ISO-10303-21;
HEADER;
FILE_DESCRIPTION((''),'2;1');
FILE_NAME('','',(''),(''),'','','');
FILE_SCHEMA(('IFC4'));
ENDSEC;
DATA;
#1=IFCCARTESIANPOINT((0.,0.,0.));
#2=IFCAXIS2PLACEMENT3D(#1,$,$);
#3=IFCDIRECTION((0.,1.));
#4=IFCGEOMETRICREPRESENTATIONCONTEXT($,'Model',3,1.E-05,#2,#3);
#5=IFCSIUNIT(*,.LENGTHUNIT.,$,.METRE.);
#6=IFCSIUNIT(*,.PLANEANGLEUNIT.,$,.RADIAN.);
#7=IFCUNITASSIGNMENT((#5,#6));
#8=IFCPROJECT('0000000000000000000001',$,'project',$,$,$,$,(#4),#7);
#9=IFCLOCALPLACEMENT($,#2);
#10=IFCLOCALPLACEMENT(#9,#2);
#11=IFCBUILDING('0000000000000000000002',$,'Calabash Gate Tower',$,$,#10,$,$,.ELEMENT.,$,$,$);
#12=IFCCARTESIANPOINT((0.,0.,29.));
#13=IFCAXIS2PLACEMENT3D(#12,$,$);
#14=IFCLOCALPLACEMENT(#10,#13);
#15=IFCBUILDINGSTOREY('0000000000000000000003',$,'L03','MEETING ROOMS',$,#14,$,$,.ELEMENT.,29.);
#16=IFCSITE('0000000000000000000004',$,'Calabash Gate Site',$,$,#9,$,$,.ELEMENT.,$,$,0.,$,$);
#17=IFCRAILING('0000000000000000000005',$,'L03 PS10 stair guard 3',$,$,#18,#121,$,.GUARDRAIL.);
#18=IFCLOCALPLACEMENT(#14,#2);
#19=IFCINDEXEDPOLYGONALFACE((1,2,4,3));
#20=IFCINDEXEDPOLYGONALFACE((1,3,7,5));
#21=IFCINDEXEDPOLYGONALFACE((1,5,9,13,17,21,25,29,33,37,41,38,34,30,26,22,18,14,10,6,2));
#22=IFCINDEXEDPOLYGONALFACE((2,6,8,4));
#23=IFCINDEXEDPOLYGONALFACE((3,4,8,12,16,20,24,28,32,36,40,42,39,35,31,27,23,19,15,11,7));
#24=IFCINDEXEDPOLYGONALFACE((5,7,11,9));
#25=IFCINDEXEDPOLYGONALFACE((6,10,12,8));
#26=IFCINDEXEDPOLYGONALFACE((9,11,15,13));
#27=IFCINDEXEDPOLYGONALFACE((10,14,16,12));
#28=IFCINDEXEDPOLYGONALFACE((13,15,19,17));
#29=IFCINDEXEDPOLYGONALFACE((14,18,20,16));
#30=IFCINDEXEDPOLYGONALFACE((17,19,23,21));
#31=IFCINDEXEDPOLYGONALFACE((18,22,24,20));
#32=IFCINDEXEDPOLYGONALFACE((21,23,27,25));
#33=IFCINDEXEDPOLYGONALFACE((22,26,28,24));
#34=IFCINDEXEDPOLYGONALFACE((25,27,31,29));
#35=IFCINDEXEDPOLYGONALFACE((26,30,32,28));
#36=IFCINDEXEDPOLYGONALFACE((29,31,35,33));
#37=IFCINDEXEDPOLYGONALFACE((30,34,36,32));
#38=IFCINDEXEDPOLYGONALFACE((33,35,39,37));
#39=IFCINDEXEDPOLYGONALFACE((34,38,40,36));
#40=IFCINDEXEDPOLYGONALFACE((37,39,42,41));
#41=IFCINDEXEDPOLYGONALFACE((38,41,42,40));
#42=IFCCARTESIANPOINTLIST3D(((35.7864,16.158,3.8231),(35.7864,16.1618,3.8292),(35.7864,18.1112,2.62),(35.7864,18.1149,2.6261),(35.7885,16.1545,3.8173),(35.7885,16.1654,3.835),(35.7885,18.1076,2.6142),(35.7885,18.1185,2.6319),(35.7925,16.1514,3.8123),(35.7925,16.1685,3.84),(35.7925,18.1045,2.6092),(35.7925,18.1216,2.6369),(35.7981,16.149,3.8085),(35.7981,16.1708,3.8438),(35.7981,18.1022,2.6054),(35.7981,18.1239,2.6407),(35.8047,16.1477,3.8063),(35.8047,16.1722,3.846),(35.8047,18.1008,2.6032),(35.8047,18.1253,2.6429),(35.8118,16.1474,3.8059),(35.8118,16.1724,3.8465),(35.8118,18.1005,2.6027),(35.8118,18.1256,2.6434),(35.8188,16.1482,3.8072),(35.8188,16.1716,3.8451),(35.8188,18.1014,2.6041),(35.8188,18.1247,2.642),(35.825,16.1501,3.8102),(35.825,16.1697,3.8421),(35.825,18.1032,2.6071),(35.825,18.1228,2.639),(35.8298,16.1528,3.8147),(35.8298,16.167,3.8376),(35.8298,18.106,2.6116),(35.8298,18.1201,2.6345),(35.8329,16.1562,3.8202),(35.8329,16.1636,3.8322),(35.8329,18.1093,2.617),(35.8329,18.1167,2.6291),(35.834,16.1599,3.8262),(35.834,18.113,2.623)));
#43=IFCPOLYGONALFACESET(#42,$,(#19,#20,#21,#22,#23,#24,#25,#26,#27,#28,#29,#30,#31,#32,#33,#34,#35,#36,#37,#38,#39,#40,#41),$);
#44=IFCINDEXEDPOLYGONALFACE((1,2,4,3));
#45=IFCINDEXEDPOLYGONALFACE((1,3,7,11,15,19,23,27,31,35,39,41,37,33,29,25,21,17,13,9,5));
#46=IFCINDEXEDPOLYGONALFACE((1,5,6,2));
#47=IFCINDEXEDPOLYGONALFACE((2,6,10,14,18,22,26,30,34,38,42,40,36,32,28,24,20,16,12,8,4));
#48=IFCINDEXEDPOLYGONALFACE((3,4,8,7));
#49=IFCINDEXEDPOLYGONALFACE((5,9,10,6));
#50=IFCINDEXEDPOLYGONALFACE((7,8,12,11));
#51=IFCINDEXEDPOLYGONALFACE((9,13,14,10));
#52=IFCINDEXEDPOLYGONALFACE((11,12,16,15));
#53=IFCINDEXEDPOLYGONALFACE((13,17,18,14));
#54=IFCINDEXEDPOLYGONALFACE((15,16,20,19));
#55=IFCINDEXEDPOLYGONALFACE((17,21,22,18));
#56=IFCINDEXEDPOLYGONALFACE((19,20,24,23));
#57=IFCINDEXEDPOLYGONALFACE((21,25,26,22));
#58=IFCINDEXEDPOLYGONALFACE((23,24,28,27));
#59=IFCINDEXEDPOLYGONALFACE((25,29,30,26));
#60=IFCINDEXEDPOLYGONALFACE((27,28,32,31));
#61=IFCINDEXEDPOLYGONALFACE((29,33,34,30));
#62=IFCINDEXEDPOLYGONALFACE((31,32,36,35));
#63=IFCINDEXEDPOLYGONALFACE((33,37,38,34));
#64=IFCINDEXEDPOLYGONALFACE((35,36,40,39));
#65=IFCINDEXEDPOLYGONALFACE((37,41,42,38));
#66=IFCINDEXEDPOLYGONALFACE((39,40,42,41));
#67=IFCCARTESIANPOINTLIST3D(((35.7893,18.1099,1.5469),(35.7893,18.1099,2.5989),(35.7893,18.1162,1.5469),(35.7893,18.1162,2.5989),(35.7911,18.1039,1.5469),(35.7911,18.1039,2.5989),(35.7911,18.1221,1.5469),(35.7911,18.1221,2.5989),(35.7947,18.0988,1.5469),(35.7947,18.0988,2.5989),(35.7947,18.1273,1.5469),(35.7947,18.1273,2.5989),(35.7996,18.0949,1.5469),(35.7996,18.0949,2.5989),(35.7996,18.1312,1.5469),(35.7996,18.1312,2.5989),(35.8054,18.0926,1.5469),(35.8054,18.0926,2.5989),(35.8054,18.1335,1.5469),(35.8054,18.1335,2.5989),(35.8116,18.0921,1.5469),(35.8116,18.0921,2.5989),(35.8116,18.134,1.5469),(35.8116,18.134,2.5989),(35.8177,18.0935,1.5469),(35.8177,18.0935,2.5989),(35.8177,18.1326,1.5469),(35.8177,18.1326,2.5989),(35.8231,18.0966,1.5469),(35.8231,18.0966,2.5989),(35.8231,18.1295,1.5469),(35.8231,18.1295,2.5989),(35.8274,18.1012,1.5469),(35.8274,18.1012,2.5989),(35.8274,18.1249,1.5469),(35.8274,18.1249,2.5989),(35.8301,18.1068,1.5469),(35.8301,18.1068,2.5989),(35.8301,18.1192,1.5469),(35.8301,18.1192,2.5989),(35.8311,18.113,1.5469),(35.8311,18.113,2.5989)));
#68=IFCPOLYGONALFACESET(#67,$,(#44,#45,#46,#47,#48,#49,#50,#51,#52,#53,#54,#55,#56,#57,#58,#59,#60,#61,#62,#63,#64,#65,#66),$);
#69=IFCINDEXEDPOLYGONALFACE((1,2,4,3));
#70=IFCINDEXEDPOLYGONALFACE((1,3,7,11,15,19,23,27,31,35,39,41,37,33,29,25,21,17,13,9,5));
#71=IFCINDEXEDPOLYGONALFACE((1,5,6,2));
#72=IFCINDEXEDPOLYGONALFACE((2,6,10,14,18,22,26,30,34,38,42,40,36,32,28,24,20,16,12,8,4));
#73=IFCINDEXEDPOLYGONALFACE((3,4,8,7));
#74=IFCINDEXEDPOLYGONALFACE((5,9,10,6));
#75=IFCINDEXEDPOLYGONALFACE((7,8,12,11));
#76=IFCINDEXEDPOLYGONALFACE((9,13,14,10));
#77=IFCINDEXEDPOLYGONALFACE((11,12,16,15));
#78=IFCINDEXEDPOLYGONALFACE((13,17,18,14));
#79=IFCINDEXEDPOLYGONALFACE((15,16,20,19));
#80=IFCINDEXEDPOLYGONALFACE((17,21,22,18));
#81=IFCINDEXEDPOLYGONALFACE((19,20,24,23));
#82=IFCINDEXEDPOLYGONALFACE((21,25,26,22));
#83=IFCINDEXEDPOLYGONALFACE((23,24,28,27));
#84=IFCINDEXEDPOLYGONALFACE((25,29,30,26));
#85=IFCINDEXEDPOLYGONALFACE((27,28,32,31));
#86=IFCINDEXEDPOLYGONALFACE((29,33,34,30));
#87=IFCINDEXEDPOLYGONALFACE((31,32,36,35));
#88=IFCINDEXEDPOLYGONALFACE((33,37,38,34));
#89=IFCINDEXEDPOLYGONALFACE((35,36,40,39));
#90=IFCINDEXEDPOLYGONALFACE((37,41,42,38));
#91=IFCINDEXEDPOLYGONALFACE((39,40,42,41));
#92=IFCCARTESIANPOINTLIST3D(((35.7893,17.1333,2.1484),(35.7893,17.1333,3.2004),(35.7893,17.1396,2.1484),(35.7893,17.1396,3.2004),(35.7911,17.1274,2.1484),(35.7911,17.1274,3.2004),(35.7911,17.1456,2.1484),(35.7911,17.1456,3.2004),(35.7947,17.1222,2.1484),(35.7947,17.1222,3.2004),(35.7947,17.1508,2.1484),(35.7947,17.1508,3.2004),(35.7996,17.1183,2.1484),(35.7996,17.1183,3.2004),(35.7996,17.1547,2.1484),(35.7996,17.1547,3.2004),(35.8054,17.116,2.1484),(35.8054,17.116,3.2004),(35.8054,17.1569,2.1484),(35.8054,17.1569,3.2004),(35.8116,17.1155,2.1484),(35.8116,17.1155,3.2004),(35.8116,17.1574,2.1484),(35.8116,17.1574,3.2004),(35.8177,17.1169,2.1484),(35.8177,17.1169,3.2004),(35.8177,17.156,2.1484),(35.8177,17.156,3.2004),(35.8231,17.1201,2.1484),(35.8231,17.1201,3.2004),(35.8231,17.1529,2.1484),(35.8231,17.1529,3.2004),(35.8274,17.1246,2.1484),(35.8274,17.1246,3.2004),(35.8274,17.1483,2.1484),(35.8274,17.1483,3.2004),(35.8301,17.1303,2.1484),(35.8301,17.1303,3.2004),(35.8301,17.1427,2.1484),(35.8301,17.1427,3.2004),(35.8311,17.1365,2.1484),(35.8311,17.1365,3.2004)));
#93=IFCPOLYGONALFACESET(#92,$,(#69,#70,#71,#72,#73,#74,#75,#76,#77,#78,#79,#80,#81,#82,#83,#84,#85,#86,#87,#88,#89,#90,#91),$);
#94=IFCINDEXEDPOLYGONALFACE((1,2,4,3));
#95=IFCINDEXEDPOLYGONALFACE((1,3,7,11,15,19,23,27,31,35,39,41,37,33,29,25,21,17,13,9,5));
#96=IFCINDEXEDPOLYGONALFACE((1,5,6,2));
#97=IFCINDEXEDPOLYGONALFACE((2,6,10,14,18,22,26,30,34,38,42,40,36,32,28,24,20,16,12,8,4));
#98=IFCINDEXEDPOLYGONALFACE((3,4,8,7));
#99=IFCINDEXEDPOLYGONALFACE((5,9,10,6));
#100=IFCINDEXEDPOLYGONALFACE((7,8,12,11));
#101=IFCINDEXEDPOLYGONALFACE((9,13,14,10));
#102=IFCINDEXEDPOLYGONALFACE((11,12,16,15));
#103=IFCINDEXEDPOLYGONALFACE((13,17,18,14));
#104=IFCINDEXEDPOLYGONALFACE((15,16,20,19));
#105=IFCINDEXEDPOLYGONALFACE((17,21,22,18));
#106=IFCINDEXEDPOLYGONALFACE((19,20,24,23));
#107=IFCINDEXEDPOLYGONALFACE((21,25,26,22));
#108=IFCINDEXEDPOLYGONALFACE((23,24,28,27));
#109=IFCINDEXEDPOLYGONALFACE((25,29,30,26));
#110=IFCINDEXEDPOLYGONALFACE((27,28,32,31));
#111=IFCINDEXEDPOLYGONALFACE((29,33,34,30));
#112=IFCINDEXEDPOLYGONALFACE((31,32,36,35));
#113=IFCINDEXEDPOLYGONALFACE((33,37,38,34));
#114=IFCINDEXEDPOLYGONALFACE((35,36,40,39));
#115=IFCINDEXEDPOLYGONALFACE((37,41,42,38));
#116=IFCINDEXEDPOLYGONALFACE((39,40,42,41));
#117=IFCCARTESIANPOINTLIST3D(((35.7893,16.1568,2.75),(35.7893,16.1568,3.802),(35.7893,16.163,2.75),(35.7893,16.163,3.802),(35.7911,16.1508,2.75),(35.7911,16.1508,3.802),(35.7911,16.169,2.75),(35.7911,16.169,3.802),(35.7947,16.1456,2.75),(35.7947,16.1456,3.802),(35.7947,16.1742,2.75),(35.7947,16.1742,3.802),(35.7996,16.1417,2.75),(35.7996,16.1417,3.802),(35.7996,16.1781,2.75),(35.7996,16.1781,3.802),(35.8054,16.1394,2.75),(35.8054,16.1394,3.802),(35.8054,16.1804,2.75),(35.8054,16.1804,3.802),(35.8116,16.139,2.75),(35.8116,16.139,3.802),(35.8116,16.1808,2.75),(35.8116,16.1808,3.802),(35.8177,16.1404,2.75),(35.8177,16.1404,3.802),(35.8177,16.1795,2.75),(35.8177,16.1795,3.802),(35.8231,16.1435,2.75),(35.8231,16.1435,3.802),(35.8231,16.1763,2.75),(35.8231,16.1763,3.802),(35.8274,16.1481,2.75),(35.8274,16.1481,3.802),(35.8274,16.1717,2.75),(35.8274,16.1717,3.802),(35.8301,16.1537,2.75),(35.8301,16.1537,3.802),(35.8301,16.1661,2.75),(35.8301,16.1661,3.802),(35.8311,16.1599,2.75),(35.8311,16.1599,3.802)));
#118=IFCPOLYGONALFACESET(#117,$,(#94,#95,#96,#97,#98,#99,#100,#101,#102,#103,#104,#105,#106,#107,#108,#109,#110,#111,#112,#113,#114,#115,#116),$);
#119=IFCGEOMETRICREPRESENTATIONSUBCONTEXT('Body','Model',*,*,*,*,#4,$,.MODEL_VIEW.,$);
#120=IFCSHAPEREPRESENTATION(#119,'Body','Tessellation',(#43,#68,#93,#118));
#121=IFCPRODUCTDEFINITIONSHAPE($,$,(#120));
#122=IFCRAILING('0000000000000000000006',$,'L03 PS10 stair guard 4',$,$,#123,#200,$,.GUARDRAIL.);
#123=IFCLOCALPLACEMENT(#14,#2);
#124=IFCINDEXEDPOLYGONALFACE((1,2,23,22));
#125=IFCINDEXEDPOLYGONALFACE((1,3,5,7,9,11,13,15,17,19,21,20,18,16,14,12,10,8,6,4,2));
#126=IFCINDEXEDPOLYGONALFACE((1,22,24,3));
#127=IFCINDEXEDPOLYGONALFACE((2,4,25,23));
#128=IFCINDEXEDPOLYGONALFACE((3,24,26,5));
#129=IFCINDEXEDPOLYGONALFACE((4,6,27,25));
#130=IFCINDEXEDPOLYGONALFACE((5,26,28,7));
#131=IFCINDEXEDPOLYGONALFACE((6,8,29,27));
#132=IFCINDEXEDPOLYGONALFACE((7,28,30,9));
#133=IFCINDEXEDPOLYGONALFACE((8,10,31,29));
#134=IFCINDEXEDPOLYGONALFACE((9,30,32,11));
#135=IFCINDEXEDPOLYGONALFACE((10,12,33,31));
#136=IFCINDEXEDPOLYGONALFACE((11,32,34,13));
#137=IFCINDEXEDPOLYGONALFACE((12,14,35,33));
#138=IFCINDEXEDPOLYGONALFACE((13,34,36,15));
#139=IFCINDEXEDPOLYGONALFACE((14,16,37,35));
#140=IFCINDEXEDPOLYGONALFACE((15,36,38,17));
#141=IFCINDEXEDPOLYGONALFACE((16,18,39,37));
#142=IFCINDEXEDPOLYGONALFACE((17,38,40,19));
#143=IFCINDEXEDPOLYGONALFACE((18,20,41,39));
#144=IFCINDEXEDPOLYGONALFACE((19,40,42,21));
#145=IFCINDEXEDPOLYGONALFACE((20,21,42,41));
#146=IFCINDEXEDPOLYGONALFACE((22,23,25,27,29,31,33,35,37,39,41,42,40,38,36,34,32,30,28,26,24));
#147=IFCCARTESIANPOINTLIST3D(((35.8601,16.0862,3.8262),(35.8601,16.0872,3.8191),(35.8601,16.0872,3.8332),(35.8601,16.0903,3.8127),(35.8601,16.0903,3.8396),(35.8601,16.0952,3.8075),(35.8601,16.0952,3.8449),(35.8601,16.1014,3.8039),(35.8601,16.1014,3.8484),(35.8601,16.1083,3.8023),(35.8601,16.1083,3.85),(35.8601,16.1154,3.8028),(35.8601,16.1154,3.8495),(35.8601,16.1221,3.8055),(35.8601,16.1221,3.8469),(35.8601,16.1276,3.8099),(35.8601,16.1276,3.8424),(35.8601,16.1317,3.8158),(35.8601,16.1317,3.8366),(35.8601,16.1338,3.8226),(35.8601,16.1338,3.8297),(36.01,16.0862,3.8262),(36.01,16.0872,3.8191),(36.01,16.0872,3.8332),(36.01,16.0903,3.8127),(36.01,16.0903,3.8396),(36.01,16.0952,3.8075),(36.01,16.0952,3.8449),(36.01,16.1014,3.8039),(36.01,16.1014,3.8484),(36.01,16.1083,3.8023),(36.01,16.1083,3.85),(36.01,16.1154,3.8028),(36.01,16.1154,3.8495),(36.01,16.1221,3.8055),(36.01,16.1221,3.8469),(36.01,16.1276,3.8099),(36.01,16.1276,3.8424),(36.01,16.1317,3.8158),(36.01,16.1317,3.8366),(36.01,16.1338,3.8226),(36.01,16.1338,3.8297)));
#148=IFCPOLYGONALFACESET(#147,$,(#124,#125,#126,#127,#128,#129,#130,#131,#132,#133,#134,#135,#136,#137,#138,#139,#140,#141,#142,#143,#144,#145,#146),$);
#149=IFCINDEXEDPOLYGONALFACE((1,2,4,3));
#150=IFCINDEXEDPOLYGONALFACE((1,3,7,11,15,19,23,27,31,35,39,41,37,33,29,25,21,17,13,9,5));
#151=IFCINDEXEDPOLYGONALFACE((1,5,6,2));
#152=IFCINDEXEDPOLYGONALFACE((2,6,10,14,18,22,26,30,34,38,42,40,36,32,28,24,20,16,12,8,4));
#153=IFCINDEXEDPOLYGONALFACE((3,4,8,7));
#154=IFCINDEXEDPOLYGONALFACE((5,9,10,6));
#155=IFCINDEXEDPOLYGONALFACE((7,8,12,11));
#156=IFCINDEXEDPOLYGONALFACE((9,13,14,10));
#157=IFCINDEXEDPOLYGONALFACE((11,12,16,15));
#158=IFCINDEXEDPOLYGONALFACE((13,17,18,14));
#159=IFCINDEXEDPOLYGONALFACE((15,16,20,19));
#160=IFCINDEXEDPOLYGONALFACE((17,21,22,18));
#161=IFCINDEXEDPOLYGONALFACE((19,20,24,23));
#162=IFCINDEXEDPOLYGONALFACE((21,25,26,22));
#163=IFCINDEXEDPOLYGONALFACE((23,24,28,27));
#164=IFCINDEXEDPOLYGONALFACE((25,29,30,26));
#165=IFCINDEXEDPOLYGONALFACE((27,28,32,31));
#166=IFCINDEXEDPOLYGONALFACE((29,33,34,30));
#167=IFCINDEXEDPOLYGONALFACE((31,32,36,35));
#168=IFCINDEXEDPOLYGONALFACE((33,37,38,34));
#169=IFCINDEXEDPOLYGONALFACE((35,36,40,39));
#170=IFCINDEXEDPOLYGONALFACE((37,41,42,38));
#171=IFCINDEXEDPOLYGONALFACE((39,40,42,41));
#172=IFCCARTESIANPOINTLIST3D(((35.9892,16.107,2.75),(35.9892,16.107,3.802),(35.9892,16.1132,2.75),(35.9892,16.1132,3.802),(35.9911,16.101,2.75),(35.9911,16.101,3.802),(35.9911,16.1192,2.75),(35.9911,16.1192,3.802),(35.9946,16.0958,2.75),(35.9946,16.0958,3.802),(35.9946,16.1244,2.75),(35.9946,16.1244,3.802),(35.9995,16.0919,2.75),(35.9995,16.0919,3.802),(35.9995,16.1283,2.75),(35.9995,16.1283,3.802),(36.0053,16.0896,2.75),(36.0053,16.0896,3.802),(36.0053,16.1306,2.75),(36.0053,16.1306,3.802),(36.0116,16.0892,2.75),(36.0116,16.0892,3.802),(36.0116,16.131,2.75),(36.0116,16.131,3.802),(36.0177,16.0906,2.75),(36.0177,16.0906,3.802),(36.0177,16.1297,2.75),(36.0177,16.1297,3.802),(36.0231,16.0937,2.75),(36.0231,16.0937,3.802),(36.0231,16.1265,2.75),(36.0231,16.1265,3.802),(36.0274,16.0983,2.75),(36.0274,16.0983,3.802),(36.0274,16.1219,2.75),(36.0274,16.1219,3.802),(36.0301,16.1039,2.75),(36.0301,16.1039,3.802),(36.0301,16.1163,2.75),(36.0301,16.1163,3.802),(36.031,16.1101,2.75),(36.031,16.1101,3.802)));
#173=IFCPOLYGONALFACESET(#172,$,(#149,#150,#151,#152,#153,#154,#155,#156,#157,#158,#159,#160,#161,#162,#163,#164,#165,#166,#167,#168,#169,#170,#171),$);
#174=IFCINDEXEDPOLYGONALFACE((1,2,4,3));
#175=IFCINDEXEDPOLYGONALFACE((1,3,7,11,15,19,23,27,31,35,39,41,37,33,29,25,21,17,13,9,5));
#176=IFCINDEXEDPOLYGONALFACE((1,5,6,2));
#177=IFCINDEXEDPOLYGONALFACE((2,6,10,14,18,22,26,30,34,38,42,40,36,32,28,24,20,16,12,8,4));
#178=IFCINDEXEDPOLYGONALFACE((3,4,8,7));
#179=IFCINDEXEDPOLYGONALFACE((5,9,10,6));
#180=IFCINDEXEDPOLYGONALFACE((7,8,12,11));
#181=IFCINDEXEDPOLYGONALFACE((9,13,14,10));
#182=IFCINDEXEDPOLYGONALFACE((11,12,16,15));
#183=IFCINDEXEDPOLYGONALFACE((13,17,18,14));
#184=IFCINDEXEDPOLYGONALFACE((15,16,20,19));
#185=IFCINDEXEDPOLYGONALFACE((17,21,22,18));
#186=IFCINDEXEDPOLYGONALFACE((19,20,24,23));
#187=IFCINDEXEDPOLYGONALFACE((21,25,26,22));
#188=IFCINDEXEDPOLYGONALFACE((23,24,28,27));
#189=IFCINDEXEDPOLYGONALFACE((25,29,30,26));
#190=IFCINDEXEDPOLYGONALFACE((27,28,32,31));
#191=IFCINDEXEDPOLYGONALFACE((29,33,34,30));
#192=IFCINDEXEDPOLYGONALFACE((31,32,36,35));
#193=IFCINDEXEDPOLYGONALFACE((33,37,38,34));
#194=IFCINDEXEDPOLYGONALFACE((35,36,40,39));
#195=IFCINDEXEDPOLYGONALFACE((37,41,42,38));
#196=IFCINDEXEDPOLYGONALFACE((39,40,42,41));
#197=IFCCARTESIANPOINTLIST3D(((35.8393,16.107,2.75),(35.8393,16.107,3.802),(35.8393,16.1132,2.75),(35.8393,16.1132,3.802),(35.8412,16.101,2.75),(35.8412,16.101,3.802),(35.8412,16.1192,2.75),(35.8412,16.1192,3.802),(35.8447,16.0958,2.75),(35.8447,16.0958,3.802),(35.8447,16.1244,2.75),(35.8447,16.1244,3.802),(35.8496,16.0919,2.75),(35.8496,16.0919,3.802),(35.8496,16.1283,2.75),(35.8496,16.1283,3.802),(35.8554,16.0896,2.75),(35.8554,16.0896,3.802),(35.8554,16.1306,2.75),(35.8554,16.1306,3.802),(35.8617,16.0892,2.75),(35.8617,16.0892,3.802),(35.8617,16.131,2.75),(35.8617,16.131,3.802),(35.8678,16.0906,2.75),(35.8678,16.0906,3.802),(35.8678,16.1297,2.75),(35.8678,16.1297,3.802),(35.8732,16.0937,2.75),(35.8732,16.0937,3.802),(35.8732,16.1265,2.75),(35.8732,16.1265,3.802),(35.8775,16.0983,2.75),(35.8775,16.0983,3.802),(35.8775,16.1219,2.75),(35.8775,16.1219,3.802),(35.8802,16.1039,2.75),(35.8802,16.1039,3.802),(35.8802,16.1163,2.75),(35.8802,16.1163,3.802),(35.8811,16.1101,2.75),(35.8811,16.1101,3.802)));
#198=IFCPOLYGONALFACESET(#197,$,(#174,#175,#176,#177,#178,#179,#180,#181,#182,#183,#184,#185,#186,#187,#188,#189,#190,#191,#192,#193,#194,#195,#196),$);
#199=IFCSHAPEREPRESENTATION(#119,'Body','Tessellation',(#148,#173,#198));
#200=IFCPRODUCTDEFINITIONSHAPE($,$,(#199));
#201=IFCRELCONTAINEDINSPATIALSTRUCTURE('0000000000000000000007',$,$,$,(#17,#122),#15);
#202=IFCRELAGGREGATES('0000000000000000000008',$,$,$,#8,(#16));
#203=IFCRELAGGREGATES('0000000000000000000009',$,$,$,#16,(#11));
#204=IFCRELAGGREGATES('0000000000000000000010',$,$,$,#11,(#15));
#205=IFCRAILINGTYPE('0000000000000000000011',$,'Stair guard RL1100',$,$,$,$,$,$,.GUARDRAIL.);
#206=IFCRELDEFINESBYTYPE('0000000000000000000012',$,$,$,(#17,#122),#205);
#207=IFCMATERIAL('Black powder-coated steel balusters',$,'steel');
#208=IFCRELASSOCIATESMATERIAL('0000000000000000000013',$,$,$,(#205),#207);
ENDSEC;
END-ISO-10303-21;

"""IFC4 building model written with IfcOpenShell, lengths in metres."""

from ifc_helpers import new_model, si_unit, direction, frame, origin, origin_2d, place, context, subcontext, project, spatial, circle, extrude, material, type_object, element, save


model = new_model("IFC4")

# Units and contexts
model_context = context("Model", 3, precision=1e-05, world=origin(), true_north=direction((0.0, 1.0)))
body_context = subcontext(model_context, "Body", "Model", "MODEL_VIEW")
ifc_project = project(units=[si_unit("LENGTHUNIT", "METRE"), si_unit("PLANEANGLEUNIT", "RADIAN")], contexts=[model_context])

# Site, building, storey
site_placement = place(None, origin())
site = spatial("IfcSite", under=ifc_project, at=site_placement, Name="Calabash Gate Site", CompositionType="ELEMENT", RefElevation=0.0)
building_placement = place(site_placement, origin())
building = spatial("IfcBuilding", under=site, at=building_placement, Name="Calabash Gate Tower", CompositionType="ELEMENT")
storey_placement = place(building_placement, frame((0.0, 0.0, 29.0)))
storey = spatial("IfcBuildingStorey", under=building, at=storey_placement, Name="L03", Description="MEETING ROOMS", CompositionType="ELEMENT", Elevation=29.0)

# Railings
ifc_material_1 = material(Name="Black powder-coated steel balusters", Category="steel")
railing_type_1 = type_object("IfcRailingType", Name="Stair guard RL1100", PredefinedType="GUARDRAIL", material=ifc_material_1)
railing_1_placement = place(storey_placement, frame((35.8101, 18.113, 1.5469)))
element("IfcRailing", 1, at=railing_1_placement, inside=storey, type_object=railing_type_1, Name="L03 PS10 stair guard 3", PredefinedType="GUARDRAIL", context=body_context, shape_type="SweptSolid", body=[
    extrude(circle(Radius=0.0239, at=origin_2d()), frame((0.0, 0.0, 1.0762), z_axis=(0.0, -0.851424, 0.524477), x_axis=(1.0, 0.0, 0.0)), (0.0, 0.0, 1.0), 2.2939),
    extrude(circle(Radius=0.021, at=origin_2d()), origin(), (0.0, 0.0, 1.0), 1.052),
    extrude(circle(Radius=0.021, at=origin_2d()), frame((0.0, -0.9766, 0.6016)), (0.0, 0.0, 1.0), 1.052),
    extrude(circle(Radius=0.021, at=origin_2d()), frame((0.0, -1.9531, 1.2031)), (0.0, 0.0, 1.0), 1.052),
])
railing_2_placement = place(storey_placement, frame((36.01, 16.1101, 2.75)))
element("IfcRailing", 2, at=railing_2_placement, inside=storey, type_object=railing_type_1, Name="L03 PS10 stair guard 4", PredefinedType="GUARDRAIL", context=body_context, shape_type="SweptSolid", body=[
    extrude(circle(Radius=0.0239, at=origin_2d()), frame((0.0, 0.0, 1.0762), z_axis=(-1.0, 0.0, 0.0), x_axis=(0.0, -1.0, 0.0)), (0.0, 0.0, 1.0), 0.1499),
    extrude(circle(Radius=0.021, at=origin_2d()), origin(), (0.0, 0.0, 1.0), 1.052),
    extrude(circle(Radius=0.021, at=origin_2d()), frame((-0.1499, 0.0, 0.0)), (0.0, 0.0, 1.0), 1.052),
])

save(model, "model.ifc")
